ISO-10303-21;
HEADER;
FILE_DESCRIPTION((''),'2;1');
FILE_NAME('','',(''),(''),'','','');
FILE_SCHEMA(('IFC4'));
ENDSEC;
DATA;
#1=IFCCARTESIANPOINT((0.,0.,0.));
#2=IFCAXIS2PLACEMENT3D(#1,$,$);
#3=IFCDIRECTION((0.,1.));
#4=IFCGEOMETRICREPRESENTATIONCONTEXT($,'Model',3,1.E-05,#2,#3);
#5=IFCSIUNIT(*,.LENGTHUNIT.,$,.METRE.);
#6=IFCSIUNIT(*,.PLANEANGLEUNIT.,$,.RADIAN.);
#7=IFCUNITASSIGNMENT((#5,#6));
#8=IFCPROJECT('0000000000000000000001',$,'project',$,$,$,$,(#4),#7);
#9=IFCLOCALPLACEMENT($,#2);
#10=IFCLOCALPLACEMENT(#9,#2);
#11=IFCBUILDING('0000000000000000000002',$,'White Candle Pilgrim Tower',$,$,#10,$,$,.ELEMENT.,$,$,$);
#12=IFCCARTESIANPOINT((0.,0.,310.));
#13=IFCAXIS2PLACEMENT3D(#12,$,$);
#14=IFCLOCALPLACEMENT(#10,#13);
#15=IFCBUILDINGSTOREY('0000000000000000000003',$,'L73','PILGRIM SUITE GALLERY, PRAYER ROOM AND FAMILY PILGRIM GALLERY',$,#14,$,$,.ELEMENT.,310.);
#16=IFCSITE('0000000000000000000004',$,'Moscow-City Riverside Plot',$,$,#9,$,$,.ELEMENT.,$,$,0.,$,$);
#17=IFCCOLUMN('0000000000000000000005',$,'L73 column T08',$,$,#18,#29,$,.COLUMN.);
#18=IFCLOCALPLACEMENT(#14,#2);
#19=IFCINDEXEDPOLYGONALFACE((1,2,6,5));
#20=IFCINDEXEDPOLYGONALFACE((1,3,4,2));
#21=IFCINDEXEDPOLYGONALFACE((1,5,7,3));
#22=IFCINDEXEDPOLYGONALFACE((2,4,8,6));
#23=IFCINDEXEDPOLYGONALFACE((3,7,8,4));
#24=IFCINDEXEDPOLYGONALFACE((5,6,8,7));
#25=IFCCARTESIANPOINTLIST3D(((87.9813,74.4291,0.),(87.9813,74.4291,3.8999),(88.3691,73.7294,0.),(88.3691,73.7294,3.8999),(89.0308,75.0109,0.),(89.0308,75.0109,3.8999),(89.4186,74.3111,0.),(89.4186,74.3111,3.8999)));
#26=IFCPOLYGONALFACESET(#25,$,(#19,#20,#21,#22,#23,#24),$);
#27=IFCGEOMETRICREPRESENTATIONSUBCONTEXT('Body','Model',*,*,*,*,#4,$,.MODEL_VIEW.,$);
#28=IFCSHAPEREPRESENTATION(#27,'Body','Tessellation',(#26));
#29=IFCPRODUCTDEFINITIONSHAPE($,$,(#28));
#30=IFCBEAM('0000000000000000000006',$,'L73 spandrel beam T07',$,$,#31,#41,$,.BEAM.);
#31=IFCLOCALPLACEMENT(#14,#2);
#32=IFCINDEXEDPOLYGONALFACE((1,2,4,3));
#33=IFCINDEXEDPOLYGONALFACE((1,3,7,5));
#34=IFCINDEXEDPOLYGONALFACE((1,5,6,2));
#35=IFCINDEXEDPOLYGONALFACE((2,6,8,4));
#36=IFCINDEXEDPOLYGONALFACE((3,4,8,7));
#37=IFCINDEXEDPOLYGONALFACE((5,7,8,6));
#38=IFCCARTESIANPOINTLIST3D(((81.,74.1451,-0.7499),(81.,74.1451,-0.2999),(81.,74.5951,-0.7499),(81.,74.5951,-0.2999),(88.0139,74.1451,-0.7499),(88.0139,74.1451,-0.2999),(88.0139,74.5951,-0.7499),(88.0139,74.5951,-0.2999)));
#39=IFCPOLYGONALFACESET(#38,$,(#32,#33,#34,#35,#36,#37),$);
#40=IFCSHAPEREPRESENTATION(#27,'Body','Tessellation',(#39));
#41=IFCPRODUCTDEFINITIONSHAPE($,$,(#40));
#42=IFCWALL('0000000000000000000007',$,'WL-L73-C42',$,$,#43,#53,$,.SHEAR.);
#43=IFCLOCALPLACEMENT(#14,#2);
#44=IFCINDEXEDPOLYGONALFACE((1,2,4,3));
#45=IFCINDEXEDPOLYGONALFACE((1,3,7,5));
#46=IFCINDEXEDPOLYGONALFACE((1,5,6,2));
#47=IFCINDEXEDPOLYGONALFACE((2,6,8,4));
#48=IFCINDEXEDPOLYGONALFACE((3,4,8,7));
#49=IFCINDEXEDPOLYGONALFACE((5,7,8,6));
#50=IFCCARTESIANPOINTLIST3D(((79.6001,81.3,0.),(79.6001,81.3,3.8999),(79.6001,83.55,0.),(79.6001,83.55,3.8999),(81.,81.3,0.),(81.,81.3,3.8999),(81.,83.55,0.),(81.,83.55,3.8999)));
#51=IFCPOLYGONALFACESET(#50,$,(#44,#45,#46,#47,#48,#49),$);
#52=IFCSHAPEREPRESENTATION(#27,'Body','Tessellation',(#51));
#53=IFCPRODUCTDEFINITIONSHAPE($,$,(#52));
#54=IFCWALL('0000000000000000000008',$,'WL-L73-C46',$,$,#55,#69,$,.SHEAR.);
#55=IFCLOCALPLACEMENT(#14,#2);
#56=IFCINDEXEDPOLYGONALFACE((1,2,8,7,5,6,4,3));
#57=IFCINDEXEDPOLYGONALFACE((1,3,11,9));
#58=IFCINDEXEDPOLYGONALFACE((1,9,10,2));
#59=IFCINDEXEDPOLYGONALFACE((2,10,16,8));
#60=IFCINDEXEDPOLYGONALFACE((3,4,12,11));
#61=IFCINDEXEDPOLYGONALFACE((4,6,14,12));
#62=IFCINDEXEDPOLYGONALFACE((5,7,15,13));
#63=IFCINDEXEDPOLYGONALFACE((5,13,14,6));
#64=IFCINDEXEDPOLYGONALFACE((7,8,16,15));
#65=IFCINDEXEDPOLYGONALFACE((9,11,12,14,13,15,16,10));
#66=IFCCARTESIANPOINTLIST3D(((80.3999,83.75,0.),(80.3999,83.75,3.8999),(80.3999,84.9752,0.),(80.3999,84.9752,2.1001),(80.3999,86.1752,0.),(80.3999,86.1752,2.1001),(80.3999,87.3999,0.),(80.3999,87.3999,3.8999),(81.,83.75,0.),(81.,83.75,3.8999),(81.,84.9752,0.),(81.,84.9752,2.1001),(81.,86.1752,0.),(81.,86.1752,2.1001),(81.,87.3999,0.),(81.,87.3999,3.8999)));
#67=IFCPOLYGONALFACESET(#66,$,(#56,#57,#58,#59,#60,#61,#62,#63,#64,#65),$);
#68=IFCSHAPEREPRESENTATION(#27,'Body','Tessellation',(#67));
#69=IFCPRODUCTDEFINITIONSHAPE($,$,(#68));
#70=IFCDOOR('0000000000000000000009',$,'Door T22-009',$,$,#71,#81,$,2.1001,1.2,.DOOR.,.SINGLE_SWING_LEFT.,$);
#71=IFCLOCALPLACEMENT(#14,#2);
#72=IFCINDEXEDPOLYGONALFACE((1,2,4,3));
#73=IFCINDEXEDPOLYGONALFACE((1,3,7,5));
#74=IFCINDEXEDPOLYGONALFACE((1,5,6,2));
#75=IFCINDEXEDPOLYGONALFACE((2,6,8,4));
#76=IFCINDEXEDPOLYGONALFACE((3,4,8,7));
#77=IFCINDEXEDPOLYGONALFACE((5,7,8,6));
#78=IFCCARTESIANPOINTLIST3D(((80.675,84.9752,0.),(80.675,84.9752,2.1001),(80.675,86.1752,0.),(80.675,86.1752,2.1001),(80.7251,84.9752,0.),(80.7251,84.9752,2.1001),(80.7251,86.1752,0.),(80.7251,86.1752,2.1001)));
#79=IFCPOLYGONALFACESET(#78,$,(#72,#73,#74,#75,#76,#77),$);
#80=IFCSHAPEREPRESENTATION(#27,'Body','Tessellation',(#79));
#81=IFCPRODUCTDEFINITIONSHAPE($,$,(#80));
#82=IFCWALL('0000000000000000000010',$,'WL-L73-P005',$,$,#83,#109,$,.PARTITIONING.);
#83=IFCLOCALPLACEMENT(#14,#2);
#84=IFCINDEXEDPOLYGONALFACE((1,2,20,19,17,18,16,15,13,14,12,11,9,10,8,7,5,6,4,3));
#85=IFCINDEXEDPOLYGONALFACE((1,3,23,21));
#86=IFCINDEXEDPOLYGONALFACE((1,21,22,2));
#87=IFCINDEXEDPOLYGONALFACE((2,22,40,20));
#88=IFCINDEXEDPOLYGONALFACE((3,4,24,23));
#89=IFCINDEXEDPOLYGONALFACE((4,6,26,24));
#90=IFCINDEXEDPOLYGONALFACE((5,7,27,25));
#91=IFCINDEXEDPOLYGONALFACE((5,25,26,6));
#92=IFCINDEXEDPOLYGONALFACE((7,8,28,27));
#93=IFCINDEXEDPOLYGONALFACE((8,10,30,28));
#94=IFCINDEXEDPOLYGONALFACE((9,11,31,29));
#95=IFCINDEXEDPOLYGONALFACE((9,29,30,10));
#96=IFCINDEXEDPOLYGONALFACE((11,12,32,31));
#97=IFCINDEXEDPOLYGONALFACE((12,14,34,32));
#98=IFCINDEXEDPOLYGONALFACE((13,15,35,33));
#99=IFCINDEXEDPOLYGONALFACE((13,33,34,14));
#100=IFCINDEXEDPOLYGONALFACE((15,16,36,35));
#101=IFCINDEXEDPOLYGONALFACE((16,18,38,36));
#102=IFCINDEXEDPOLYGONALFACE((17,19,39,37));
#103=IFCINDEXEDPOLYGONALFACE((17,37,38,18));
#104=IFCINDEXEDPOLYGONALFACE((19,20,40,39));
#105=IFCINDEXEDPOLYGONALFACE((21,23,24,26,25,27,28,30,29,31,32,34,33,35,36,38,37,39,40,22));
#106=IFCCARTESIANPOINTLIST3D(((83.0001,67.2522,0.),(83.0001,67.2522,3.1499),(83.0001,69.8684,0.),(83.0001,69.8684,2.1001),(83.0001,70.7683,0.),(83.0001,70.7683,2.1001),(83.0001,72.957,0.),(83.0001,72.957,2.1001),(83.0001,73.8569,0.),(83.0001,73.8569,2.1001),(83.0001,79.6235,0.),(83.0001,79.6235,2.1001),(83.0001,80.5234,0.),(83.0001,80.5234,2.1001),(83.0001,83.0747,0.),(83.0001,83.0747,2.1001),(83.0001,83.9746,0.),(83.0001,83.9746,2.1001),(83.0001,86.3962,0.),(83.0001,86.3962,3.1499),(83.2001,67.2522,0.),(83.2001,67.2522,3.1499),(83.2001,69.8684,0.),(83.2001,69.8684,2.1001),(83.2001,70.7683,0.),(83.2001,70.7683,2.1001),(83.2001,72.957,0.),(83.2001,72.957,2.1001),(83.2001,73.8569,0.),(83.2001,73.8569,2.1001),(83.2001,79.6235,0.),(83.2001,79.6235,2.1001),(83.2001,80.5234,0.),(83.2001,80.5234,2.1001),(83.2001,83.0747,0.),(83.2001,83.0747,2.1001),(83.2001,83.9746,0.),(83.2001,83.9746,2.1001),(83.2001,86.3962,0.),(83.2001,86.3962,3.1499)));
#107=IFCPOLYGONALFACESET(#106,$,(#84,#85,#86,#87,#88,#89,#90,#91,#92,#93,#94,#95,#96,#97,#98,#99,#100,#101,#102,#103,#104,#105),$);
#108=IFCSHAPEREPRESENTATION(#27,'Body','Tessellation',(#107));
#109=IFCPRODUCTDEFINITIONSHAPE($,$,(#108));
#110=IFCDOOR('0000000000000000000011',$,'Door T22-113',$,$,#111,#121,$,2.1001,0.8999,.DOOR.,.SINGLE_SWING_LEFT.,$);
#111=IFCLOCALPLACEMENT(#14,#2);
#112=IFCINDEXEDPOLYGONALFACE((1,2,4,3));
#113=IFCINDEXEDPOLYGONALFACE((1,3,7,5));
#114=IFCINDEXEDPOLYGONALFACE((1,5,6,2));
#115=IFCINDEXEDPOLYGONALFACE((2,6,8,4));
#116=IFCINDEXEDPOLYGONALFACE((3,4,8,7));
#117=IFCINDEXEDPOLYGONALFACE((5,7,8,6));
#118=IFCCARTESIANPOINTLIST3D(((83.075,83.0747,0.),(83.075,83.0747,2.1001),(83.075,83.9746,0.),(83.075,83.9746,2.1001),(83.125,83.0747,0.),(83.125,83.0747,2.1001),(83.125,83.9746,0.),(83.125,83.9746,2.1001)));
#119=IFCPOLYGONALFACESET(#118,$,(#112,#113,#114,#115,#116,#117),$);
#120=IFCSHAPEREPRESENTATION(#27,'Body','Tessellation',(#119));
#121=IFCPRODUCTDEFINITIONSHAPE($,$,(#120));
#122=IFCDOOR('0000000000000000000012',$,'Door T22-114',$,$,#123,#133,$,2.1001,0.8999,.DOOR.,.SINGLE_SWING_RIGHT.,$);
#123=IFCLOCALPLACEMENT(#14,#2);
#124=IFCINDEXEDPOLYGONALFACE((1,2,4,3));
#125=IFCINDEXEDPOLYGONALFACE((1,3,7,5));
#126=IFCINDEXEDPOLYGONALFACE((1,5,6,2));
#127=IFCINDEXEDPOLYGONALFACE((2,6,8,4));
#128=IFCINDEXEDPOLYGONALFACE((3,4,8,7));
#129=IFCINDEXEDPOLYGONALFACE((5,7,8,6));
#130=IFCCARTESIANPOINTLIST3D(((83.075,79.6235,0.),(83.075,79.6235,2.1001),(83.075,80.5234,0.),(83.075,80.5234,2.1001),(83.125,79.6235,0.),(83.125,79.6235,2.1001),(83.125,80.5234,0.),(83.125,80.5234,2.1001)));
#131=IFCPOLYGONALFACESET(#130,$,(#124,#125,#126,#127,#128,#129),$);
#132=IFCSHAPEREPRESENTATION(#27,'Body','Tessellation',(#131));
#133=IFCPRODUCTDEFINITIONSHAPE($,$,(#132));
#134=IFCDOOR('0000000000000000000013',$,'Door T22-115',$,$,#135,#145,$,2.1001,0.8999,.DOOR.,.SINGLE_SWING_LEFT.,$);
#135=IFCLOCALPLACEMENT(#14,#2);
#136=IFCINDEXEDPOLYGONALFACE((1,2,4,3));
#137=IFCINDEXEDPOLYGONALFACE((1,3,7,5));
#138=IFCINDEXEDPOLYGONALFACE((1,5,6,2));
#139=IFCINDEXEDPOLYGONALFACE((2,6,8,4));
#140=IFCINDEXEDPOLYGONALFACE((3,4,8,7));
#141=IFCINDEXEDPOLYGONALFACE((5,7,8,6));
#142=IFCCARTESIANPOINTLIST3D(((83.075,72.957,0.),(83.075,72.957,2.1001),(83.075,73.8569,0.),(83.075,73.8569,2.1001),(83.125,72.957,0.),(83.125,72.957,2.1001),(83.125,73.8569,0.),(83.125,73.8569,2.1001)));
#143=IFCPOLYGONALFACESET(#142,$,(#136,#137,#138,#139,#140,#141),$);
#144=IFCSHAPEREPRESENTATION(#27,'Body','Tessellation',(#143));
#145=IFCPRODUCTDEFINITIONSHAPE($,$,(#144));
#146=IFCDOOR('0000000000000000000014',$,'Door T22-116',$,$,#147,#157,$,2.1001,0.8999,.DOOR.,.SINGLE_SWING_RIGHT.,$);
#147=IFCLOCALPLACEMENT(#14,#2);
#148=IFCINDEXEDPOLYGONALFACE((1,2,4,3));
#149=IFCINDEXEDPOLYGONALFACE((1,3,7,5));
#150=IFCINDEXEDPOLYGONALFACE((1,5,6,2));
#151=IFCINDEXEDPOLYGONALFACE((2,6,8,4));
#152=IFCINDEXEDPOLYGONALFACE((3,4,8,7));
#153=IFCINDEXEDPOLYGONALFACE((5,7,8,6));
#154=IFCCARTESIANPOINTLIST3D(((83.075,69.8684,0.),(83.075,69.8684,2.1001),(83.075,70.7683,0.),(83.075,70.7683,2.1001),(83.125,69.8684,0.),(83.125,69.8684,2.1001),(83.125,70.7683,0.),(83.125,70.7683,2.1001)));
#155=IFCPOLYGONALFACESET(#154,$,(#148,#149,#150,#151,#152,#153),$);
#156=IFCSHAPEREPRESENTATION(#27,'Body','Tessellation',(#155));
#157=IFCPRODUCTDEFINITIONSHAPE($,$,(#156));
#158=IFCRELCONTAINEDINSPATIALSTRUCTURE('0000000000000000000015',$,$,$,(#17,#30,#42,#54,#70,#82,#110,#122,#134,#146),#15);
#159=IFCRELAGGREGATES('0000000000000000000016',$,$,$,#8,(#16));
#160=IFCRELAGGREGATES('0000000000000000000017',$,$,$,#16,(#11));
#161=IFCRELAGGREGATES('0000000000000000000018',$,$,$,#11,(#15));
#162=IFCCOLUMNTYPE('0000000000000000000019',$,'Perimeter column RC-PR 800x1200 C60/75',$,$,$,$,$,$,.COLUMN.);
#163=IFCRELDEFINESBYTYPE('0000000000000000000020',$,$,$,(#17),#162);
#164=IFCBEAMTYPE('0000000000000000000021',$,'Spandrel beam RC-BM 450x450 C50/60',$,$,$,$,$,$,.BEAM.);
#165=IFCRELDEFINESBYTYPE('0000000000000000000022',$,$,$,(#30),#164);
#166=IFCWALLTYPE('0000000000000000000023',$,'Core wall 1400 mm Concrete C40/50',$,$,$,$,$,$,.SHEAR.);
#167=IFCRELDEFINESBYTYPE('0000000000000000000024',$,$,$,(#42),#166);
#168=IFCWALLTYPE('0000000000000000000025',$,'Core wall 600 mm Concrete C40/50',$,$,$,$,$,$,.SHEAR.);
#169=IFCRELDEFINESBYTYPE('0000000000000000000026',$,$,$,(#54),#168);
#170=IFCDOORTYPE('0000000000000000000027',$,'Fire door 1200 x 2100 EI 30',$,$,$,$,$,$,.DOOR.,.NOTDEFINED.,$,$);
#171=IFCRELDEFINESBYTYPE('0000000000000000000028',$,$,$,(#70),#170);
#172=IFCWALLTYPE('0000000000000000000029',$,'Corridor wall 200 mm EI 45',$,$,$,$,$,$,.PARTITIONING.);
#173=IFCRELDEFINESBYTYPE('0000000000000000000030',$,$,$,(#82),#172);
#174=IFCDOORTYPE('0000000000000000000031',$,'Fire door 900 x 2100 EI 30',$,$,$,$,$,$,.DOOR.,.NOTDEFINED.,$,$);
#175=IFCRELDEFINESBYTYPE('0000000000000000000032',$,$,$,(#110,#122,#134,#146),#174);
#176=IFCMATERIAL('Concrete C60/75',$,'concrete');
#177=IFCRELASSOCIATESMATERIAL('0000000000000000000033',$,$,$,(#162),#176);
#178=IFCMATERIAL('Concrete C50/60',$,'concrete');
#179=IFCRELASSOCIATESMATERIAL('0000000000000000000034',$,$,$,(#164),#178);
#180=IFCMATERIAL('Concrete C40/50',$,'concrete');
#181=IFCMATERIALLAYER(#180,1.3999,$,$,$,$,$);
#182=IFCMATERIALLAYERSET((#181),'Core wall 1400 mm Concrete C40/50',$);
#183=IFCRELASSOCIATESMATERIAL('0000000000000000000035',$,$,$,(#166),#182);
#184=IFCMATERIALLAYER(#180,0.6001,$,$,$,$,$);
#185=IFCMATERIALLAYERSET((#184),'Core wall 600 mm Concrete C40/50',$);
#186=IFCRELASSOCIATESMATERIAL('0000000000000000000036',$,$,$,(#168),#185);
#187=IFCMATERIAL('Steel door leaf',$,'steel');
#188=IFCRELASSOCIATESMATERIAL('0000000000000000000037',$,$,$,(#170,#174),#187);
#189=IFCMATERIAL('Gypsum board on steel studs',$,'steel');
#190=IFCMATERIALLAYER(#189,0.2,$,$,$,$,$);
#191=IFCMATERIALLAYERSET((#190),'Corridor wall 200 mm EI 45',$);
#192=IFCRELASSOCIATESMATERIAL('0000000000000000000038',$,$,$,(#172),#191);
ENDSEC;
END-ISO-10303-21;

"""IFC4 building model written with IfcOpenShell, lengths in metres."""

from ifc_helpers import new_model, si_unit, direction, frame, frame_2d, origin, origin_2d, place, context, subcontext, project, spatial, rectangle, extrude, material, layer, layer_set, material_profile, profile_set, type_object, element, fill, save


model = new_model("IFC4")

# Units and contexts
model_context = context("Model", 3, precision=1e-05, world=origin(), true_north=direction((0.0, 1.0)))
body_context = subcontext(model_context, "Body", "Model", "MODEL_VIEW")
ifc_project = project(units=[si_unit("LENGTHUNIT", "METRE"), si_unit("PLANEANGLEUNIT", "RADIAN")], contexts=[model_context])

# Site, building, storey
site_placement = place(None, origin())
site = spatial("IfcSite", under=ifc_project, at=site_placement, Name="Moscow-City Riverside Plot", CompositionType="ELEMENT", RefElevation=0.0)
building_placement = place(site_placement, origin())
building = spatial("IfcBuilding", under=site, at=building_placement, Name="White Candle Pilgrim Tower", CompositionType="ELEMENT")
storey_placement = place(building_placement, frame((0.0, 0.0, 310.0)))
storey = spatial("IfcBuildingStorey", under=building, at=storey_placement, Name="L73", Description="PILGRIM SUITE GALLERY, PRAYER ROOM AND FAMILY PILGRIM GALLERY", CompositionType="ELEMENT", Elevation=310.0)

# Column
ifc_material_1 = material(Name="Concrete C60/75", Category="concrete")
ifc_material_profile_1 = material_profile(ifc_material_1, rectangle(XDim=0.8, YDim=1.2, at=origin_2d()), Name="RC-PR 800x1200")
ifc_profile_set_1 = profile_set([ifc_material_profile_1], Name="Concrete C60/75")
column_type = type_object("IfcColumnType", Name="Perimeter column RC-PR 800x1200 C60/75", PredefinedType="COLUMN", material=ifc_profile_set_1)
column_placement = place(storey_placement, frame((88.7, 74.3701, 0.0), z_axis=(0.0, 0.0, 1.0), x_axis=(0.48481, -0.87462, 0.0)))
element("IfcColumn", 1, at=column_placement, inside=storey, type_object=column_type, Name="L73 column T08", PredefinedType="COLUMN", context=body_context, shape_type="SweptSolid", body=[
    extrude(rectangle(XDim=0.8, YDim=1.2, at=origin_2d()), origin(), (0.0, 0.0, 1.0), 3.8999),
])

# Beam
ifc_material_2 = material(Name="Concrete C50/60", Category="concrete")
ifc_material_profile_2 = material_profile(ifc_material_2, rectangle(XDim=0.45, YDim=0.45, at=origin_2d()), Name="RC-BM 450x450")
ifc_profile_set_2 = profile_set([ifc_material_profile_2], Name="Concrete C50/60")
beam_type = type_object("IfcBeamType", Name="Spandrel beam RC-BM 450x450 C50/60", PredefinedType="BEAM", material=ifc_profile_set_2)
beam_placement = place(storey_placement, frame((88.0139, 74.3701, -0.5249), z_axis=(-1.0, 0.0, 0.0), x_axis=(0.0, -1.0, 0.0)))
element("IfcBeam", 2, at=beam_placement, inside=storey, type_object=beam_type, Name="L73 spandrel beam T07", PredefinedType="BEAM", context=body_context, shape_type="SweptSolid", body=[
    extrude(rectangle(XDim=0.45, YDim=0.45, at=origin_2d()), origin(), (0.0, 0.0, 1.0), 7.0139),
])

# Wall
ifc_material_3 = material(Name="Concrete C40/50", Category="concrete")
ifc_layer_1 = layer(ifc_material_3, 1.3999)
ifc_layer_set_1 = layer_set([ifc_layer_1], Name="Core wall 1400 mm Concrete C40/50")
wall_type_1 = type_object("IfcWallType", Name="Core wall 1400 mm Concrete C40/50", PredefinedType="SHEAR", material=ifc_layer_set_1)
wall_1_placement = place(storey_placement, frame((80.3, 81.3, 0.0), z_axis=(0.0, 0.0, 1.0), x_axis=(0.0, 1.0, 0.0)))
element("IfcWall", 3, at=wall_1_placement, inside=storey, type_object=wall_type_1, Name="WL-L73-C42", PredefinedType="SHEAR", context=body_context, shape_type="SweptSolid", body=[
    extrude(rectangle(XDim=2.25, YDim=1.3999, at=frame_2d((1.125, 0.0))), origin(), (0.0, 0.0, 1.0), 3.8999),
])

# Wall, opening, door
ifc_layer_2 = layer(ifc_material_3, 0.6001)
ifc_layer_set_2 = layer_set([ifc_layer_2], Name="Core wall 600 mm Concrete C40/50")
wall_type_2 = type_object("IfcWallType", Name="Core wall 600 mm Concrete C40/50", PredefinedType="SHEAR", material=ifc_layer_set_2)
wall_2_placement = place(storey_placement, frame((80.7, 83.75, 0.0), z_axis=(0.0, 0.0, 1.0), x_axis=(0.0, 1.0, 0.0)))
wall_2 = element("IfcWall", 4, at=wall_2_placement, inside=storey, type_object=wall_type_2, Name="WL-L73-C46", PredefinedType="SHEAR", context=body_context, shape_type="SweptSolid", body=[
    extrude(rectangle(XDim=3.6499, YDim=0.6001, at=frame_2d((1.825, 0.0))), origin(), (0.0, 0.0, 1.0), 3.8999),
])
opening_1_placement = place(wall_2_placement, frame((1.2251, 0.0, 0.0)))
opening_1 = element("IfcOpeningElement", 5, at=opening_1_placement, cuts=wall_2, PredefinedType="OPENING", context=body_context, shape_type="SweptSolid", body=[
    extrude(rectangle(XDim=1.2, YDim=2.1001, at=frame_2d((0.6001, 1.05))), frame((0.0, 0.3101, 0.0), z_axis=(0.0, -1.0, 0.0), x_axis=(1.0, 0.0, 0.0)), (0.0, 0.0, 1.0), 0.6201),
])
ifc_material_4 = material(Name="Steel door leaf", Category="steel")
door_type_1 = type_object("IfcDoorType", Name="Fire door 1200 x 2100 EI 30", OperationType="NOTDEFINED", PredefinedType="DOOR", material=ifc_material_4)
door_1_placement = place(opening_1_placement, origin())
door_1 = element("IfcDoor", 6, at=door_1_placement, inside=storey, type_object=door_type_1, Name="Door T22-009", OperationType="SINGLE_SWING_LEFT", OverallHeight=2.1001, OverallWidth=1.2, PredefinedType="DOOR", context=body_context, shape_type="SweptSolid", body=[
    extrude(rectangle(XDim=1.2, YDim=2.1001, at=frame_2d((0.6001, 1.05))), frame((0.0, 0.0249, 0.0), z_axis=(0.0, -1.0, 0.0), x_axis=(1.0, 0.0, 0.0)), (0.0, 0.0, 1.0), 0.05),
])
fill(opening_1, door_1)

# Wall, openings, doors
ifc_material_5 = material(Name="Gypsum board on steel studs", Category="steel")
ifc_layer_3 = layer(ifc_material_5, 0.2)
ifc_layer_set_3 = layer_set([ifc_layer_3], Name="Corridor wall 200 mm EI 45")
wall_type_3 = type_object("IfcWallType", Name="Corridor wall 200 mm EI 45", PredefinedType="PARTITIONING", material=ifc_layer_set_3)
wall_3_placement = place(storey_placement, frame((83.1001, 86.3962, 0.0), z_axis=(0.0, 0.0, 1.0), x_axis=(0.0, -1.0, 0.0)))
wall_3 = element("IfcWall", 7, at=wall_3_placement, inside=storey, type_object=wall_type_3, Name="WL-L73-P005", PredefinedType="PARTITIONING", context=body_context, shape_type="SweptSolid", body=[
    extrude(rectangle(XDim=19.144, YDim=0.2, at=frame_2d((9.572, 0.0))), origin(), (0.0, 0.0, 1.0), 3.1499),
])
opening_2_placement = place(wall_3_placement, frame((2.4216, 0.0, 0.0)))
opening_2 = element("IfcOpeningElement", 8, at=opening_2_placement, cuts=wall_3, PredefinedType="OPENING", context=body_context, shape_type="SweptSolid", body=[
    extrude(rectangle(XDim=0.8999, YDim=2.1001, at=frame_2d((0.45, 1.05))), frame((0.0, 0.1099, 0.0), z_axis=(0.0, -1.0, 0.0), x_axis=(1.0, 0.0, 0.0)), (0.0, 0.0, 1.0), 0.22),
])
opening_3_placement = place(wall_3_placement, frame((5.8728, 0.0, 0.0)))
opening_3 = element("IfcOpeningElement", 9, at=opening_3_placement, cuts=wall_3, PredefinedType="OPENING", context=body_context, shape_type="SweptSolid", body=[
    extrude(rectangle(XDim=0.8999, YDim=2.1001, at=frame_2d((0.45, 1.05))), frame((0.0, 0.1099, 0.0), z_axis=(0.0, -1.0, 0.0), x_axis=(1.0, 0.0, 0.0)), (0.0, 0.0, 1.0), 0.22),
])
opening_4_placement = place(wall_3_placement, frame((12.5393, 0.0, 0.0)))
opening_4 = element("IfcOpeningElement", 10, at=opening_4_placement, cuts=wall_3, PredefinedType="OPENING", context=body_context, shape_type="SweptSolid", body=[
    extrude(rectangle(XDim=0.8999, YDim=2.1001, at=frame_2d((0.45, 1.05))), frame((0.0, 0.1099, 0.0), z_axis=(0.0, -1.0, 0.0), x_axis=(1.0, 0.0, 0.0)), (0.0, 0.0, 1.0), 0.22),
])
opening_5_placement = place(wall_3_placement, frame((15.6279, 0.0, 0.0)))
opening_5 = element("IfcOpeningElement", 11, at=opening_5_placement, cuts=wall_3, PredefinedType="OPENING", context=body_context, shape_type="SweptSolid", body=[
    extrude(rectangle(XDim=0.8999, YDim=2.1001, at=frame_2d((0.45, 1.05))), frame((0.0, 0.1099, 0.0), z_axis=(0.0, -1.0, 0.0), x_axis=(1.0, 0.0, 0.0)), (0.0, 0.0, 1.0), 0.22),
])
door_type_2 = type_object("IfcDoorType", Name="Fire door 900 x 2100 EI 30", OperationType="NOTDEFINED", PredefinedType="DOOR", material=ifc_material_4)
door_2_placement = place(opening_2_placement, origin())
door_2 = element("IfcDoor", 12, at=door_2_placement, inside=storey, type_object=door_type_2, Name="Door T22-113", OperationType="SINGLE_SWING_LEFT", OverallHeight=2.1001, OverallWidth=0.8999, PredefinedType="DOOR", context=body_context, shape_type="SweptSolid", body=[
    extrude(rectangle(XDim=0.8999, YDim=2.1001, at=frame_2d((0.45, 1.05))), frame((0.0, 0.0249, 0.0), z_axis=(0.0, -1.0, 0.0), x_axis=(1.0, 0.0, 0.0)), (0.0, 0.0, 1.0), 0.05),
])
fill(opening_2, door_2)
door_3_placement = place(opening_3_placement, origin())
door_3 = element("IfcDoor", 13, at=door_3_placement, inside=storey, type_object=door_type_2, Name="Door T22-114", OperationType="SINGLE_SWING_RIGHT", OverallHeight=2.1001, OverallWidth=0.8999, PredefinedType="DOOR", context=body_context, shape_type="SweptSolid", body=[
    extrude(rectangle(XDim=0.8999, YDim=2.1001, at=frame_2d((0.45, 1.05))), frame((0.0, 0.0249, 0.0), z_axis=(0.0, -1.0, 0.0), x_axis=(1.0, 0.0, 0.0)), (0.0, 0.0, 1.0), 0.05),
])
fill(opening_3, door_3)
door_4_placement = place(opening_4_placement, origin())
door_4 = element("IfcDoor", 14, at=door_4_placement, inside=storey, type_object=door_type_2, Name="Door T22-115", OperationType="SINGLE_SWING_LEFT", OverallHeight=2.1001, OverallWidth=0.8999, PredefinedType="DOOR", context=body_context, shape_type="SweptSolid", body=[
    extrude(rectangle(XDim=0.8999, YDim=2.1001, at=frame_2d((0.45, 1.05))), frame((0.0, 0.0249, 0.0), z_axis=(0.0, -1.0, 0.0), x_axis=(1.0, 0.0, 0.0)), (0.0, 0.0, 1.0), 0.05),
])
fill(opening_4, door_4)
door_5_placement = place(opening_5_placement, origin())
door_5 = element("IfcDoor", 15, at=door_5_placement, inside=storey, type_object=door_type_2, Name="Door T22-116", OperationType="SINGLE_SWING_RIGHT", OverallHeight=2.1001, OverallWidth=0.8999, PredefinedType="DOOR", context=body_context, shape_type="SweptSolid", body=[
    extrude(rectangle(XDim=0.8999, YDim=2.1001, at=frame_2d((0.45, 1.05))), frame((0.0, 0.0249, 0.0), z_axis=(0.0, -1.0, 0.0), x_axis=(1.0, 0.0, 0.0)), (0.0, 0.0, 1.0), 0.05),
])
fill(opening_5, door_5)

save(model, "model.ifc")
